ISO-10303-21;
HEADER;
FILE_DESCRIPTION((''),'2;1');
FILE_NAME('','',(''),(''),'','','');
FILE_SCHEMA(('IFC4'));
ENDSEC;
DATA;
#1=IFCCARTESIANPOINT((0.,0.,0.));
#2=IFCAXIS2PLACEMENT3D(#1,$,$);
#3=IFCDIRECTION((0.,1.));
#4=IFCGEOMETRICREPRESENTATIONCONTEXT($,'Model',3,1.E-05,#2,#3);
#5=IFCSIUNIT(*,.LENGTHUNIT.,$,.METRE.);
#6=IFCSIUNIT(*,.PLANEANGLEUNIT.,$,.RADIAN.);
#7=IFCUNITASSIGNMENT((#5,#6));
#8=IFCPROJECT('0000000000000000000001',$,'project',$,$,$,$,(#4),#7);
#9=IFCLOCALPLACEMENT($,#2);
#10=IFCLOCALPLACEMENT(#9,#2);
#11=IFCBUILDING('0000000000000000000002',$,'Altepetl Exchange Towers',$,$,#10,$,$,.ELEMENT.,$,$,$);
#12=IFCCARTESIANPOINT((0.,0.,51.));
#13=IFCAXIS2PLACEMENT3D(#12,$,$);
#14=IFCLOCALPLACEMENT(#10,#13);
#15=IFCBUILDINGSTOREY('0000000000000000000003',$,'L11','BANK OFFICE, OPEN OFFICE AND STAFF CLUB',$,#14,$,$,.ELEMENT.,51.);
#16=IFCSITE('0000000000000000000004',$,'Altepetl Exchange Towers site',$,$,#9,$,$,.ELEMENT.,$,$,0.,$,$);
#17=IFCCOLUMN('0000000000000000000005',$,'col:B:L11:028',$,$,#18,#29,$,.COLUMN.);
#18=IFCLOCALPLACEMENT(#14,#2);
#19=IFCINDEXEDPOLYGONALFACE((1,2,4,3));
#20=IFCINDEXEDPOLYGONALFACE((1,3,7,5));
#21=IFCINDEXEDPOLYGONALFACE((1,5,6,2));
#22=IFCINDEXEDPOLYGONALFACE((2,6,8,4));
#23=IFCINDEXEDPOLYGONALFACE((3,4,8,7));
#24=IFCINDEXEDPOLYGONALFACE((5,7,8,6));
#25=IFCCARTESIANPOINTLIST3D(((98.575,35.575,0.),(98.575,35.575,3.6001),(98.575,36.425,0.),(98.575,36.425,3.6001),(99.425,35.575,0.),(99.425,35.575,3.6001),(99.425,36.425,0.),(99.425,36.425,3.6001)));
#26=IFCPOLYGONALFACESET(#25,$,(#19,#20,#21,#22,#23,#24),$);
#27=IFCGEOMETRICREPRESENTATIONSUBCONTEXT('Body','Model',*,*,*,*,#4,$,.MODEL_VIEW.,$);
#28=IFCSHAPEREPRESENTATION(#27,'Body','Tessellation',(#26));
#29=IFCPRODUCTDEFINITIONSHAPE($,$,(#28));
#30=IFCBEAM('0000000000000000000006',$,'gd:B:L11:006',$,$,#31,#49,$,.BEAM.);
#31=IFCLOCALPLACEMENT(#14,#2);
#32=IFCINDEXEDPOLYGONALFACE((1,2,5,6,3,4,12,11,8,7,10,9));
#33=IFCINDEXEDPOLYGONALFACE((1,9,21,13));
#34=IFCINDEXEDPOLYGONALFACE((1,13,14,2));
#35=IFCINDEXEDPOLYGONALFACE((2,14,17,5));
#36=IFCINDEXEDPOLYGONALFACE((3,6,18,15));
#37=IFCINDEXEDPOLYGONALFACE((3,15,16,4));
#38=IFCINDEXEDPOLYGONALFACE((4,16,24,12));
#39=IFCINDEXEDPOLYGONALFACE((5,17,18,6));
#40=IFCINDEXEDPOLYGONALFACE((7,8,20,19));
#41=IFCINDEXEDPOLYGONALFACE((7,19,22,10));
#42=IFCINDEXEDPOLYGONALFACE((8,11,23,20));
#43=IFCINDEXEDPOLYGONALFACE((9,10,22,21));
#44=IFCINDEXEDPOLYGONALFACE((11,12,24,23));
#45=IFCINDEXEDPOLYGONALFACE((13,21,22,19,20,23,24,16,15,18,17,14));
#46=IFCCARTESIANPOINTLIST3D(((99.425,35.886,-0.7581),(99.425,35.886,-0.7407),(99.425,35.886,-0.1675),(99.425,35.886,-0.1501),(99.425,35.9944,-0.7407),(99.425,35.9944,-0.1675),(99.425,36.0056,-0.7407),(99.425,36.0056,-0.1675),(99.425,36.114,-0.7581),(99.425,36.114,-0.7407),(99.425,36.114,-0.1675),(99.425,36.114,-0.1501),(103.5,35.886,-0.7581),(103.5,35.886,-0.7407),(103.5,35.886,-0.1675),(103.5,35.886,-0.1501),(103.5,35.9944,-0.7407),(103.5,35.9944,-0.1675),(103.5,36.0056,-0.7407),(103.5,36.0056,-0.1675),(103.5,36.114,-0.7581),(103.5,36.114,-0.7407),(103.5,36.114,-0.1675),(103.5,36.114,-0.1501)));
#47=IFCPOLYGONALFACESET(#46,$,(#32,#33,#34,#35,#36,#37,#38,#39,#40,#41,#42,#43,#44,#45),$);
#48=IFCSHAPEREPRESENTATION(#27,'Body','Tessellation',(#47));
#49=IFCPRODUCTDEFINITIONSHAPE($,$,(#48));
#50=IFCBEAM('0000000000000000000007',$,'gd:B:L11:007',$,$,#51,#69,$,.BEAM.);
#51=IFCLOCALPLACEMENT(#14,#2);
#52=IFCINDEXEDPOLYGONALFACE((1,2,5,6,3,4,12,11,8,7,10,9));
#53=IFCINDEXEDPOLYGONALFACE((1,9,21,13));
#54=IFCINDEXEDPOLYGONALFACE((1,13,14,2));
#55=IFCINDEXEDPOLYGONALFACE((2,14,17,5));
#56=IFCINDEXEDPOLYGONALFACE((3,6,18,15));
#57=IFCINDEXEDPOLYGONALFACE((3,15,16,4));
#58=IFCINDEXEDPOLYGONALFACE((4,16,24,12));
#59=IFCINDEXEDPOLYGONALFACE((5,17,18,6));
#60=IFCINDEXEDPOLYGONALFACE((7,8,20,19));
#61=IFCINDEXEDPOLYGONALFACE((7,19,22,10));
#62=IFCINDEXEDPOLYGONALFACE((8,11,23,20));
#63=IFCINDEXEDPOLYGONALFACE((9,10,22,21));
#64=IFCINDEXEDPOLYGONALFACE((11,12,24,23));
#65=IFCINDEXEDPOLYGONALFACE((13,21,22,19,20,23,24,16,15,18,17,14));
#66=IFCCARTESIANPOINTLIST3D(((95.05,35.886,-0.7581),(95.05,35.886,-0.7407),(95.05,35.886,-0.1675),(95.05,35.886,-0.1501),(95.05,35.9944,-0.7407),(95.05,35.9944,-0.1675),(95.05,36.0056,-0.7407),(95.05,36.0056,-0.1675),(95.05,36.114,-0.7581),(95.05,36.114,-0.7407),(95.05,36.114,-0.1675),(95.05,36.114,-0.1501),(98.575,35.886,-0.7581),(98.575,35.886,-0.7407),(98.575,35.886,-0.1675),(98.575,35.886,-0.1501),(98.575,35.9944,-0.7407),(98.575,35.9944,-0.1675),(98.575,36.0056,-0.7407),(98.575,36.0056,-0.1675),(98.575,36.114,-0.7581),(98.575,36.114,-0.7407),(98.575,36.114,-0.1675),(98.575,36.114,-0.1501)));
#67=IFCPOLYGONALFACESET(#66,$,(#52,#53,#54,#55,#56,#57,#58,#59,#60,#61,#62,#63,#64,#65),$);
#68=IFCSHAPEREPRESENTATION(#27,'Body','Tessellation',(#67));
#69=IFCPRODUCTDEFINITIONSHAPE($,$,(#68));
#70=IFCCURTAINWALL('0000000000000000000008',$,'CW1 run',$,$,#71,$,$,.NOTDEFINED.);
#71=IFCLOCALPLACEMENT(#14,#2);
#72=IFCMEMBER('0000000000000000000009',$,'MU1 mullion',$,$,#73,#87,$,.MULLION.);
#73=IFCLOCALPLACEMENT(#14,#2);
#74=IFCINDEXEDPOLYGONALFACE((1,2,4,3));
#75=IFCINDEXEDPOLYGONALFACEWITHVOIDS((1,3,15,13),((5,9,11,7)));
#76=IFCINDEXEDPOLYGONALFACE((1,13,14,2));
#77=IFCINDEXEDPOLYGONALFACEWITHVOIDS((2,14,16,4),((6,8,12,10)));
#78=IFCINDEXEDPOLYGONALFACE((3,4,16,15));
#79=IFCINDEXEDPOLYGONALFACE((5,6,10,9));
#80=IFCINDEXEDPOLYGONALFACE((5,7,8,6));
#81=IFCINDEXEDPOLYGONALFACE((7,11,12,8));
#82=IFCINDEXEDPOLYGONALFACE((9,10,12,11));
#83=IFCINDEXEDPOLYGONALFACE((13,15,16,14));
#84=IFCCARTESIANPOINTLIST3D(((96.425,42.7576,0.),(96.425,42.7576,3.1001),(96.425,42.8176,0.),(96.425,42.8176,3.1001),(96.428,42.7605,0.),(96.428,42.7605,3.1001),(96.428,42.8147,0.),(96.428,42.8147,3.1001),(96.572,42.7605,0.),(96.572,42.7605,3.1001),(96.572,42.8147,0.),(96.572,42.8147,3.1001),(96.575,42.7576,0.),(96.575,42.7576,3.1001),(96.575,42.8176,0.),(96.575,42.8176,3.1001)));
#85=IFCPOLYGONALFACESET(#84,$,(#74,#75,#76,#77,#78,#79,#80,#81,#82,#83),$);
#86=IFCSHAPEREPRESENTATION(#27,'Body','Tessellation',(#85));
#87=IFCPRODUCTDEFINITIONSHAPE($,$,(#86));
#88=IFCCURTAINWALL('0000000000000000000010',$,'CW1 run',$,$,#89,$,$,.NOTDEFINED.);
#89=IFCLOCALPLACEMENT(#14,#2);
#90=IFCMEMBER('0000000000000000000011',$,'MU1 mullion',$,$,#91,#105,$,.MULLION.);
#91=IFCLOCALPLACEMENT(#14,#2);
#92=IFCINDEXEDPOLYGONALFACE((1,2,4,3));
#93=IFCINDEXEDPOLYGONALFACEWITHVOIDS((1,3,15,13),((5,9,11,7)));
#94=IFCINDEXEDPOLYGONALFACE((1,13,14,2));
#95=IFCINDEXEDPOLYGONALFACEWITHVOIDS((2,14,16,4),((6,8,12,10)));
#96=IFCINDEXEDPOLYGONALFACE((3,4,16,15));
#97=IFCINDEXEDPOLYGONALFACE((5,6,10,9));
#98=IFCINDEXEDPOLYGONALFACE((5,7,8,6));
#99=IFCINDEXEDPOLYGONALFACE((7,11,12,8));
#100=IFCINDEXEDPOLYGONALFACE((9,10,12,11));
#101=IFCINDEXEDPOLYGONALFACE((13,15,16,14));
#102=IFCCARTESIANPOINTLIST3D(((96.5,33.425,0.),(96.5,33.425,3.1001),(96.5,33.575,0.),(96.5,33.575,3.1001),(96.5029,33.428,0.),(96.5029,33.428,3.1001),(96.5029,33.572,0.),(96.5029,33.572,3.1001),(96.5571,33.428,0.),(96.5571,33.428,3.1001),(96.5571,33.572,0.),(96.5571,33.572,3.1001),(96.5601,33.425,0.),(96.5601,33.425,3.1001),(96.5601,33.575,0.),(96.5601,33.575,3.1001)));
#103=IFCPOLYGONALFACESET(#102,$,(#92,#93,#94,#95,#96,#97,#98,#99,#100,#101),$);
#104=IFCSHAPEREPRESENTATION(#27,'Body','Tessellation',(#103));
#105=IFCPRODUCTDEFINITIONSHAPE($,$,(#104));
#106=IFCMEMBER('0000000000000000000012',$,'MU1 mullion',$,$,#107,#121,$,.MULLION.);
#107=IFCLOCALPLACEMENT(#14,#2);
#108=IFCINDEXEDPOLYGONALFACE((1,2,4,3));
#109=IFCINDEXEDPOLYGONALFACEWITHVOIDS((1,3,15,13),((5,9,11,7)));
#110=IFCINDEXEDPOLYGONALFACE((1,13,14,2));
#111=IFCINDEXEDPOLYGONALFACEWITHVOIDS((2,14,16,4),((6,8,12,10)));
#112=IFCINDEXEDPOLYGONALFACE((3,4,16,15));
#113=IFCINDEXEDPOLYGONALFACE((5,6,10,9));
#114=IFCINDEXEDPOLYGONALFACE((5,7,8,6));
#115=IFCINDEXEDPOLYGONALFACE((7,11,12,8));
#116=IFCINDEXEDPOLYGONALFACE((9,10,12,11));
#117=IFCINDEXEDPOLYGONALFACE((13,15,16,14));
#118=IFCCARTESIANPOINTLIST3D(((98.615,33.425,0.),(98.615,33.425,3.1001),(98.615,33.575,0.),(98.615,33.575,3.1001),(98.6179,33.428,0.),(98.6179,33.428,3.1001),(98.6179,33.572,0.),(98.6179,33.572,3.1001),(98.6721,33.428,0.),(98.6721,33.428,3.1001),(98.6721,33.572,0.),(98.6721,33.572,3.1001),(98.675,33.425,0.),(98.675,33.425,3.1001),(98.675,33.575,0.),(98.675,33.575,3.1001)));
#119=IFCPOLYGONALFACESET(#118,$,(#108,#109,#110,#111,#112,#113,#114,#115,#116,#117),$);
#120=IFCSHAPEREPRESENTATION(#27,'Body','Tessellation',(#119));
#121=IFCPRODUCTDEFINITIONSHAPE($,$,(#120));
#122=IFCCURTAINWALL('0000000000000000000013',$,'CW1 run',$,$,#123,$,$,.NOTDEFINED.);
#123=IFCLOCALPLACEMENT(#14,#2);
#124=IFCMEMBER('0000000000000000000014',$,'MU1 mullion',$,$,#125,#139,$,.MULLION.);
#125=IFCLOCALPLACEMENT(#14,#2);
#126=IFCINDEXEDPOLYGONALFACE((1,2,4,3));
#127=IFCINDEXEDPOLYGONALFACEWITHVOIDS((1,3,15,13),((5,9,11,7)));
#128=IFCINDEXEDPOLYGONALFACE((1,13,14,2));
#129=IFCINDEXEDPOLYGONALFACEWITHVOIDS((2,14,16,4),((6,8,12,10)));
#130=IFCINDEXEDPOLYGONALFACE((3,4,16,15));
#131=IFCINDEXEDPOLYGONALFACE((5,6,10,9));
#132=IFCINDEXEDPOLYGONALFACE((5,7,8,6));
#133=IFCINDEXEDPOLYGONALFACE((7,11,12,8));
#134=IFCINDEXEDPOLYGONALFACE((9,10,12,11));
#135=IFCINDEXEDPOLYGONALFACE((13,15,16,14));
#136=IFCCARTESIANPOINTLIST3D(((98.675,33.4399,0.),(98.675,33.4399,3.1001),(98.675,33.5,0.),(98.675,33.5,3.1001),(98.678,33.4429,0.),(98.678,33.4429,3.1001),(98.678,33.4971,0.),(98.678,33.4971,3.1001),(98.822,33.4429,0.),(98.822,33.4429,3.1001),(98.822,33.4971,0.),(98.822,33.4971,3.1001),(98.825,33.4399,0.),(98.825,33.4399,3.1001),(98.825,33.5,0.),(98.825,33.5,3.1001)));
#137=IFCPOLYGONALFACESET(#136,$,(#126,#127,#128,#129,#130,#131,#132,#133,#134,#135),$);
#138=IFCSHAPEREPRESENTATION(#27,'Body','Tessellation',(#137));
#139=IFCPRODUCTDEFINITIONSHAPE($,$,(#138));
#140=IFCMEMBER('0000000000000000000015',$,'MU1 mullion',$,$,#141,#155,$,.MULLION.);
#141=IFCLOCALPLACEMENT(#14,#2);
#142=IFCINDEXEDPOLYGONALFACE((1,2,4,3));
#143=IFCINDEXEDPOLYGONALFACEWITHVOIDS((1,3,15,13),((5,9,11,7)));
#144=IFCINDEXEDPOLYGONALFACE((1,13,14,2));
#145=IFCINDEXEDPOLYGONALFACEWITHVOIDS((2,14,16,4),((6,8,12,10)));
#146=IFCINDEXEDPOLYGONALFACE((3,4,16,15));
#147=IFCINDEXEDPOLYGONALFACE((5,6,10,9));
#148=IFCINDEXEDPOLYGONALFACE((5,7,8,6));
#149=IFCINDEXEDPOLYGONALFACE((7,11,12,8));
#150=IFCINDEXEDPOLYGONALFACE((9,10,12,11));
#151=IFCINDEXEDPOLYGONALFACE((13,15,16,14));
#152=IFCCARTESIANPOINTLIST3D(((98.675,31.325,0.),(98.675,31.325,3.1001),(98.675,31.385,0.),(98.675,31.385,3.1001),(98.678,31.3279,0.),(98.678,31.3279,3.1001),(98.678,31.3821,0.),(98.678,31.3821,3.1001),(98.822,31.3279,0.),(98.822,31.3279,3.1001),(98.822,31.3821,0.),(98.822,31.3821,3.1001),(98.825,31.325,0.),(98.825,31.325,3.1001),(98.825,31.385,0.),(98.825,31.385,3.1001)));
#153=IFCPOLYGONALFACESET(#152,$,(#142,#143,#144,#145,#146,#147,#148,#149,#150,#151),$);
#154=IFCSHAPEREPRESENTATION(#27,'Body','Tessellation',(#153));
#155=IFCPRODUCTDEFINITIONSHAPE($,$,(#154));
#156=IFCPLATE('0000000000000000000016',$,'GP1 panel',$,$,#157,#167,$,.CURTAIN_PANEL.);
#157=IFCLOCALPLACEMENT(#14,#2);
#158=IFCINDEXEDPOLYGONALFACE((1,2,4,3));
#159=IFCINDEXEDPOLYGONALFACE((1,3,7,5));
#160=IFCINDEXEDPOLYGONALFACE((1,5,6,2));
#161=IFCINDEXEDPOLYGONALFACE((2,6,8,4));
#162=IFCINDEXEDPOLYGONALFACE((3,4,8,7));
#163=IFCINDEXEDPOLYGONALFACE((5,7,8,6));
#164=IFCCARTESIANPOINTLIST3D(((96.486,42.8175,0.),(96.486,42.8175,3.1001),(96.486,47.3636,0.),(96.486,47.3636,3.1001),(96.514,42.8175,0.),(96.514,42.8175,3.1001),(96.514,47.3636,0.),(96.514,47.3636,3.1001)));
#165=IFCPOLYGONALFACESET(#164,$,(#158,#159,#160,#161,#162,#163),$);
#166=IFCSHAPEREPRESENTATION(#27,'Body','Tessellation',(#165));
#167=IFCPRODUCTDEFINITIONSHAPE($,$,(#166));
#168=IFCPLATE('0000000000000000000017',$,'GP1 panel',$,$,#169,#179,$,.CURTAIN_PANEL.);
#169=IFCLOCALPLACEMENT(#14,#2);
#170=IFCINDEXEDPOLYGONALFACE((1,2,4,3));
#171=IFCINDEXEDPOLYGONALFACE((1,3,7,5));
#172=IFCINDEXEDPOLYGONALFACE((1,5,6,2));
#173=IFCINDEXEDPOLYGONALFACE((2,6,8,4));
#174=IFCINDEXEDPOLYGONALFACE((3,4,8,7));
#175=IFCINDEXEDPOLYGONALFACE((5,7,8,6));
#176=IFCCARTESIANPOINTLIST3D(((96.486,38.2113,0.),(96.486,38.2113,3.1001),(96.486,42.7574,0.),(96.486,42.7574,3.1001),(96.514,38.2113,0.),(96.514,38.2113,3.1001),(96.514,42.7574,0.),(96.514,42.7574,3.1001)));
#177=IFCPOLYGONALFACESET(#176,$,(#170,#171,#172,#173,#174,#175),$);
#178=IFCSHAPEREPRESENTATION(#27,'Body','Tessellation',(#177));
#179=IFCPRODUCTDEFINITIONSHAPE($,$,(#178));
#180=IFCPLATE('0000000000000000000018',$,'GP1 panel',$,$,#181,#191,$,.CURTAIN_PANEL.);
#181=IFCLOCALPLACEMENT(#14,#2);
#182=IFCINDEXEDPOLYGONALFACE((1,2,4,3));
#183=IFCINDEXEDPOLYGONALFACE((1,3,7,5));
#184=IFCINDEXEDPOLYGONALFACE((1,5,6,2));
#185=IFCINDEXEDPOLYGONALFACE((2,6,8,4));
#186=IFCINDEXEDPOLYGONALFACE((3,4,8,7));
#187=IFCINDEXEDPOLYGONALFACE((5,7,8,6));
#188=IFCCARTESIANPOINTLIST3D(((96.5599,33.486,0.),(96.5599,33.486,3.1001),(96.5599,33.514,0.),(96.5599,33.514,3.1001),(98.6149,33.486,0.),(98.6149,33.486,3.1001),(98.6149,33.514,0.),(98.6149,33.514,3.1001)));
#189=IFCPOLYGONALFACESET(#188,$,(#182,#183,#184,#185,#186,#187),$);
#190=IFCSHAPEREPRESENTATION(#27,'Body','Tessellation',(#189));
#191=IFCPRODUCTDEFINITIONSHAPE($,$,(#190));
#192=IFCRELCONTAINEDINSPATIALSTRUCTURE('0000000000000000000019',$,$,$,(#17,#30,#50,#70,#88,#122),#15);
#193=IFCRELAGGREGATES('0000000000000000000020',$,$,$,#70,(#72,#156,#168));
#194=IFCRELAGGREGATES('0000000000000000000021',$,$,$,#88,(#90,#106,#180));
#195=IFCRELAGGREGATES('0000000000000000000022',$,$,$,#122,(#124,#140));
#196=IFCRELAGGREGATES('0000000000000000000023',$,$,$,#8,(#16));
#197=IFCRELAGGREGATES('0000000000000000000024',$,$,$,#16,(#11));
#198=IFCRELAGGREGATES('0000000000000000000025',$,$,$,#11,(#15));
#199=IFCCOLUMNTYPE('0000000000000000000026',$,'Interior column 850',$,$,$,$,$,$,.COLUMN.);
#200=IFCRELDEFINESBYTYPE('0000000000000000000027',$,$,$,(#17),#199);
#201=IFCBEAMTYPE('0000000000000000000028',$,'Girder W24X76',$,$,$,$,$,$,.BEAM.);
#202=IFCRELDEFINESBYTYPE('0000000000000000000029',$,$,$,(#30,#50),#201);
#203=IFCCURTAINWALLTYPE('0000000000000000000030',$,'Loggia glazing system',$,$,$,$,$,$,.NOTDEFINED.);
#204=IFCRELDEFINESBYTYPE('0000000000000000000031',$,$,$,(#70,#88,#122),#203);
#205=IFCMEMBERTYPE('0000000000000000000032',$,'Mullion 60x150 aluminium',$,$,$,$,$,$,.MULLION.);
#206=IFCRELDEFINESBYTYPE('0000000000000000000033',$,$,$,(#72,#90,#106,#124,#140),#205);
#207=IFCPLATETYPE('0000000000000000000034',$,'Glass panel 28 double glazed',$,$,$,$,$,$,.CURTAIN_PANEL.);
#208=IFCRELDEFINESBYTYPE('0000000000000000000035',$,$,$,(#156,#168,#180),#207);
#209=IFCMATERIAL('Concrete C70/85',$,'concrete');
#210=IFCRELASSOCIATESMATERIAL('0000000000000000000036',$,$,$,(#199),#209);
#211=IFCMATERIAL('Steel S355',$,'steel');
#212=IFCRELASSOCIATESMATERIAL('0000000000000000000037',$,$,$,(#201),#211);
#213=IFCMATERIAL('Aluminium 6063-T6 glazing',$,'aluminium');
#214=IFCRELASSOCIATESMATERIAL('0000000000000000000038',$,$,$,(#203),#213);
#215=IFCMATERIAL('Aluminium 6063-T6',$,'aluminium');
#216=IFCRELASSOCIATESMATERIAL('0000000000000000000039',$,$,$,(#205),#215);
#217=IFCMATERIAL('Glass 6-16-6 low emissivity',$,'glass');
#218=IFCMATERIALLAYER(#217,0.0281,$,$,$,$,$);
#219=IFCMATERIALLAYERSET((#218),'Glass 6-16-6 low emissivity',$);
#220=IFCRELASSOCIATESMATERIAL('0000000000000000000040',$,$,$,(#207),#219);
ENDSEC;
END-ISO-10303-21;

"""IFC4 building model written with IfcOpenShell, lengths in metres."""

from ifc_helpers import new_model, si_unit, direction, frame, origin, origin_2d, place, context, subcontext, project, spatial, rectangle, hollow_rectangle, i_section, extrude, material, layer, layer_set, material_profile, profile_set, type_object, element, aggregate, save


model = new_model("IFC4")

# Units and contexts
model_context = context("Model", 3, precision=1e-05, world=origin(), true_north=direction((0.0, 1.0)))
body_context = subcontext(model_context, "Body", "Model", "MODEL_VIEW")
ifc_project = project(units=[si_unit("LENGTHUNIT", "METRE"), si_unit("PLANEANGLEUNIT", "RADIAN")], contexts=[model_context])

# Site, building, storey
site_placement = place(None, origin())
site = spatial("IfcSite", under=ifc_project, at=site_placement, Name="Altepetl Exchange Towers site", CompositionType="ELEMENT", RefElevation=0.0)
building_placement = place(site_placement, origin())
building = spatial("IfcBuilding", under=site, at=building_placement, Name="Altepetl Exchange Towers", CompositionType="ELEMENT")
storey_placement = place(building_placement, frame((0.0, 0.0, 51.0)))
storey = spatial("IfcBuildingStorey", under=building, at=storey_placement, Name="L11", Description="BANK OFFICE, OPEN OFFICE AND STAFF CLUB", CompositionType="ELEMENT", Elevation=51.0)

# Column
ifc_material_1 = material(Name="Concrete C70/85", Category="concrete")
ifc_material_profile_1 = material_profile(ifc_material_1, rectangle(XDim=0.8501, YDim=0.8501, at=origin_2d()), Name="850 x 850")
ifc_profile_set_1 = profile_set([ifc_material_profile_1], Name="Concrete C70/85")
column_type = type_object("IfcColumnType", Name="Interior column 850", PredefinedType="COLUMN", material=ifc_profile_set_1)
column_placement = place(storey_placement, frame((99.0, 36.0, 0.0)))
element("IfcColumn", 1, at=column_placement, inside=storey, type_object=column_type, Name="col:B:L11:028", PredefinedType="COLUMN", context=body_context, shape_type="SweptSolid", body=[
    extrude(rectangle(XDim=0.8501, YDim=0.8501, at=origin_2d()), origin(), (0.0, 0.0, 1.0), 3.6001),
])

# Beams
ifc_material_2 = material(Name="Steel S355", Category="steel")
ifc_material_profile_2 = material_profile(ifc_material_2, i_section(OverallWidth=0.228, OverallDepth=0.6079, WebThickness=0.0112, FlangeThickness=0.0173, at=origin_2d()), Name="W24X76")
ifc_profile_set_2 = profile_set([ifc_material_profile_2], Name="Steel S355")
beam_type = type_object("IfcBeamType", Name="Girder W24X76", PredefinedType="BEAM", material=ifc_profile_set_2)
beam_1_placement = place(storey_placement, frame((103.5, 36.0, -0.4541), z_axis=(-1.0, 0.0, 0.0), x_axis=(0.0, -1.0, 0.0)))
element("IfcBeam", 2, at=beam_1_placement, inside=storey, type_object=beam_type, Name="gd:B:L11:006", PredefinedType="BEAM", context=body_context, shape_type="SweptSolid", body=[
    extrude(i_section(OverallWidth=0.228, OverallDepth=0.6079, WebThickness=0.0112, FlangeThickness=0.0173, at=origin_2d()), origin(), (0.0, 0.0, 1.0), 4.075),
])
beam_2_placement = place(storey_placement, frame((98.575, 36.0, -0.4541), z_axis=(-1.0, 0.0, 0.0), x_axis=(0.0, -1.0, 0.0)))
element("IfcBeam", 3, at=beam_2_placement, inside=storey, type_object=beam_type, Name="gd:B:L11:007", PredefinedType="BEAM", context=body_context, shape_type="SweptSolid", body=[
    extrude(i_section(OverallWidth=0.228, OverallDepth=0.6079, WebThickness=0.0112, FlangeThickness=0.0173, at=origin_2d()), origin(), (0.0, 0.0, 1.0), 3.5249),
])

# Curtain wall, member
ifc_material_3 = material(Name="Aluminium 6063-T6 glazing", Category="aluminium")
curtain_wall_type = type_object("IfcCurtainWallType", Name="Loggia glazing system", PredefinedType="NOTDEFINED", material=ifc_material_3)
curtain_wall_1_placement = place(storey_placement, origin())
curtain_wall_1 = element("IfcCurtainWall", 4, at=curtain_wall_1_placement, inside=storey, type_object=curtain_wall_type, Name="CW1 run", PredefinedType="NOTDEFINED")
ifc_material_4 = material(Name="Aluminium 6063-T6", Category="aluminium")
ifc_material_profile_3 = material_profile(ifc_material_4, hollow_rectangle(XDim=0.0601, YDim=0.1499, WallThickness=0.0029, at=origin_2d()), Name="Mullion 60x150 aluminium")
ifc_profile_set_3 = profile_set([ifc_material_profile_3], Name="Aluminium 6063-T6")
member_type = type_object("IfcMemberType", Name="Mullion 60x150 aluminium", PredefinedType="MULLION", material=ifc_profile_set_3)
member_1_placement = place(storey_placement, frame((96.5, 42.7876, 0.0), z_axis=(0.0, 0.0, 1.0), x_axis=(0.0, -1.0, 0.0)))
member_1 = element("IfcMember", 5, at=member_1_placement, type_object=member_type, Name="MU1 mullion", PredefinedType="MULLION", context=body_context, shape_type="SweptSolid", body=[
    extrude(hollow_rectangle(XDim=0.0601, YDim=0.1499, WallThickness=0.0029, at=origin_2d()), origin(), (0.0, 0.0, 1.0), 3.1001),
])

# Curtain walls, members
curtain_wall_2_placement = place(storey_placement, origin())
curtain_wall_2 = element("IfcCurtainWall", 6, at=curtain_wall_2_placement, inside=storey, type_object=curtain_wall_type, Name="CW1 run", PredefinedType="NOTDEFINED")
member_2_placement = place(storey_placement, frame((96.53, 33.5, 0.0)))
member_2 = element("IfcMember", 7, at=member_2_placement, type_object=member_type, Name="MU1 mullion", PredefinedType="MULLION", context=body_context, shape_type="SweptSolid", body=[
    extrude(hollow_rectangle(XDim=0.0601, YDim=0.1499, WallThickness=0.0029, at=origin_2d()), origin(), (0.0, 0.0, 1.0), 3.1001),
])
member_3_placement = place(storey_placement, frame((98.645, 33.5, 0.0)))
member_3 = element("IfcMember", 8, at=member_3_placement, type_object=member_type, Name="MU1 mullion", PredefinedType="MULLION", context=body_context, shape_type="SweptSolid", body=[
    extrude(hollow_rectangle(XDim=0.0601, YDim=0.1499, WallThickness=0.0029, at=origin_2d()), origin(), (0.0, 0.0, 1.0), 3.1001),
])
curtain_wall_3_placement = place(storey_placement, origin())
curtain_wall_3 = element("IfcCurtainWall", 9, at=curtain_wall_3_placement, inside=storey, type_object=curtain_wall_type, Name="CW1 run", PredefinedType="NOTDEFINED")
member_4_placement = place(storey_placement, frame((98.75, 33.47, 0.0), z_axis=(0.0, 0.0, 1.0), x_axis=(0.0, -1.0, 0.0)))
member_4 = element("IfcMember", 10, at=member_4_placement, type_object=member_type, Name="MU1 mullion", PredefinedType="MULLION", context=body_context, shape_type="SweptSolid", body=[
    extrude(hollow_rectangle(XDim=0.0601, YDim=0.1499, WallThickness=0.0029, at=origin_2d()), origin(), (0.0, 0.0, 1.0), 3.1001),
])
member_5_placement = place(storey_placement, frame((98.75, 31.355, 0.0), z_axis=(0.0, 0.0, 1.0), x_axis=(0.0, -1.0, 0.0)))
member_5 = element("IfcMember", 11, at=member_5_placement, type_object=member_type, Name="MU1 mullion", PredefinedType="MULLION", context=body_context, shape_type="SweptSolid", body=[
    extrude(hollow_rectangle(XDim=0.0601, YDim=0.1499, WallThickness=0.0029, at=origin_2d()), origin(), (0.0, 0.0, 1.0), 3.1001),
])

# Plates
ifc_material_5 = material(Name="Glass 6-16-6 low emissivity", Category="glass")
ifc_layer_1 = layer(ifc_material_5, 0.0281)
ifc_layer_set_1 = layer_set([ifc_layer_1], Name="Glass 6-16-6 low emissivity")
plate_type = type_object("IfcPlateType", Name="Glass panel 28 double glazed", PredefinedType="CURTAIN_PANEL", material=ifc_layer_set_1)
plate_1_placement = place(storey_placement, frame((96.5, 45.0906, 0.0), z_axis=(0.0, 0.0, 1.0), x_axis=(0.0, -1.0, 0.0)))
plate_1 = element("IfcPlate", 12, at=plate_1_placement, type_object=plate_type, Name="GP1 panel", PredefinedType="CURTAIN_PANEL", context=body_context, shape_type="SweptSolid", body=[
    extrude(rectangle(XDim=4.5461, YDim=0.0281, at=origin_2d()), origin(), (0.0, 0.0, 1.0), 3.1001),
])
plate_2_placement = place(storey_placement, frame((96.5, 40.4844, 0.0), z_axis=(0.0, 0.0, 1.0), x_axis=(0.0, -1.0, 0.0)))
plate_2 = element("IfcPlate", 13, at=plate_2_placement, type_object=plate_type, Name="GP1 panel", PredefinedType="CURTAIN_PANEL", context=body_context, shape_type="SweptSolid", body=[
    extrude(rectangle(XDim=4.5461, YDim=0.0281, at=origin_2d()), origin(), (0.0, 0.0, 1.0), 3.1001),
])
aggregate(curtain_wall_1, [member_1, plate_1, plate_2])
plate_3_placement = place(storey_placement, frame((97.5874, 33.5, 0.0)))
plate_3 = element("IfcPlate", 14, at=plate_3_placement, type_object=plate_type, Name="GP1 panel", PredefinedType="CURTAIN_PANEL", context=body_context, shape_type="SweptSolid", body=[
    extrude(rectangle(XDim=2.0549, YDim=0.0281, at=origin_2d()), origin(), (0.0, 0.0, 1.0), 3.1001),
])
aggregate(curtain_wall_2, [member_2, member_3, plate_3])
aggregate(curtain_wall_3, [member_4, member_5])

save(model, "model.ifc")
